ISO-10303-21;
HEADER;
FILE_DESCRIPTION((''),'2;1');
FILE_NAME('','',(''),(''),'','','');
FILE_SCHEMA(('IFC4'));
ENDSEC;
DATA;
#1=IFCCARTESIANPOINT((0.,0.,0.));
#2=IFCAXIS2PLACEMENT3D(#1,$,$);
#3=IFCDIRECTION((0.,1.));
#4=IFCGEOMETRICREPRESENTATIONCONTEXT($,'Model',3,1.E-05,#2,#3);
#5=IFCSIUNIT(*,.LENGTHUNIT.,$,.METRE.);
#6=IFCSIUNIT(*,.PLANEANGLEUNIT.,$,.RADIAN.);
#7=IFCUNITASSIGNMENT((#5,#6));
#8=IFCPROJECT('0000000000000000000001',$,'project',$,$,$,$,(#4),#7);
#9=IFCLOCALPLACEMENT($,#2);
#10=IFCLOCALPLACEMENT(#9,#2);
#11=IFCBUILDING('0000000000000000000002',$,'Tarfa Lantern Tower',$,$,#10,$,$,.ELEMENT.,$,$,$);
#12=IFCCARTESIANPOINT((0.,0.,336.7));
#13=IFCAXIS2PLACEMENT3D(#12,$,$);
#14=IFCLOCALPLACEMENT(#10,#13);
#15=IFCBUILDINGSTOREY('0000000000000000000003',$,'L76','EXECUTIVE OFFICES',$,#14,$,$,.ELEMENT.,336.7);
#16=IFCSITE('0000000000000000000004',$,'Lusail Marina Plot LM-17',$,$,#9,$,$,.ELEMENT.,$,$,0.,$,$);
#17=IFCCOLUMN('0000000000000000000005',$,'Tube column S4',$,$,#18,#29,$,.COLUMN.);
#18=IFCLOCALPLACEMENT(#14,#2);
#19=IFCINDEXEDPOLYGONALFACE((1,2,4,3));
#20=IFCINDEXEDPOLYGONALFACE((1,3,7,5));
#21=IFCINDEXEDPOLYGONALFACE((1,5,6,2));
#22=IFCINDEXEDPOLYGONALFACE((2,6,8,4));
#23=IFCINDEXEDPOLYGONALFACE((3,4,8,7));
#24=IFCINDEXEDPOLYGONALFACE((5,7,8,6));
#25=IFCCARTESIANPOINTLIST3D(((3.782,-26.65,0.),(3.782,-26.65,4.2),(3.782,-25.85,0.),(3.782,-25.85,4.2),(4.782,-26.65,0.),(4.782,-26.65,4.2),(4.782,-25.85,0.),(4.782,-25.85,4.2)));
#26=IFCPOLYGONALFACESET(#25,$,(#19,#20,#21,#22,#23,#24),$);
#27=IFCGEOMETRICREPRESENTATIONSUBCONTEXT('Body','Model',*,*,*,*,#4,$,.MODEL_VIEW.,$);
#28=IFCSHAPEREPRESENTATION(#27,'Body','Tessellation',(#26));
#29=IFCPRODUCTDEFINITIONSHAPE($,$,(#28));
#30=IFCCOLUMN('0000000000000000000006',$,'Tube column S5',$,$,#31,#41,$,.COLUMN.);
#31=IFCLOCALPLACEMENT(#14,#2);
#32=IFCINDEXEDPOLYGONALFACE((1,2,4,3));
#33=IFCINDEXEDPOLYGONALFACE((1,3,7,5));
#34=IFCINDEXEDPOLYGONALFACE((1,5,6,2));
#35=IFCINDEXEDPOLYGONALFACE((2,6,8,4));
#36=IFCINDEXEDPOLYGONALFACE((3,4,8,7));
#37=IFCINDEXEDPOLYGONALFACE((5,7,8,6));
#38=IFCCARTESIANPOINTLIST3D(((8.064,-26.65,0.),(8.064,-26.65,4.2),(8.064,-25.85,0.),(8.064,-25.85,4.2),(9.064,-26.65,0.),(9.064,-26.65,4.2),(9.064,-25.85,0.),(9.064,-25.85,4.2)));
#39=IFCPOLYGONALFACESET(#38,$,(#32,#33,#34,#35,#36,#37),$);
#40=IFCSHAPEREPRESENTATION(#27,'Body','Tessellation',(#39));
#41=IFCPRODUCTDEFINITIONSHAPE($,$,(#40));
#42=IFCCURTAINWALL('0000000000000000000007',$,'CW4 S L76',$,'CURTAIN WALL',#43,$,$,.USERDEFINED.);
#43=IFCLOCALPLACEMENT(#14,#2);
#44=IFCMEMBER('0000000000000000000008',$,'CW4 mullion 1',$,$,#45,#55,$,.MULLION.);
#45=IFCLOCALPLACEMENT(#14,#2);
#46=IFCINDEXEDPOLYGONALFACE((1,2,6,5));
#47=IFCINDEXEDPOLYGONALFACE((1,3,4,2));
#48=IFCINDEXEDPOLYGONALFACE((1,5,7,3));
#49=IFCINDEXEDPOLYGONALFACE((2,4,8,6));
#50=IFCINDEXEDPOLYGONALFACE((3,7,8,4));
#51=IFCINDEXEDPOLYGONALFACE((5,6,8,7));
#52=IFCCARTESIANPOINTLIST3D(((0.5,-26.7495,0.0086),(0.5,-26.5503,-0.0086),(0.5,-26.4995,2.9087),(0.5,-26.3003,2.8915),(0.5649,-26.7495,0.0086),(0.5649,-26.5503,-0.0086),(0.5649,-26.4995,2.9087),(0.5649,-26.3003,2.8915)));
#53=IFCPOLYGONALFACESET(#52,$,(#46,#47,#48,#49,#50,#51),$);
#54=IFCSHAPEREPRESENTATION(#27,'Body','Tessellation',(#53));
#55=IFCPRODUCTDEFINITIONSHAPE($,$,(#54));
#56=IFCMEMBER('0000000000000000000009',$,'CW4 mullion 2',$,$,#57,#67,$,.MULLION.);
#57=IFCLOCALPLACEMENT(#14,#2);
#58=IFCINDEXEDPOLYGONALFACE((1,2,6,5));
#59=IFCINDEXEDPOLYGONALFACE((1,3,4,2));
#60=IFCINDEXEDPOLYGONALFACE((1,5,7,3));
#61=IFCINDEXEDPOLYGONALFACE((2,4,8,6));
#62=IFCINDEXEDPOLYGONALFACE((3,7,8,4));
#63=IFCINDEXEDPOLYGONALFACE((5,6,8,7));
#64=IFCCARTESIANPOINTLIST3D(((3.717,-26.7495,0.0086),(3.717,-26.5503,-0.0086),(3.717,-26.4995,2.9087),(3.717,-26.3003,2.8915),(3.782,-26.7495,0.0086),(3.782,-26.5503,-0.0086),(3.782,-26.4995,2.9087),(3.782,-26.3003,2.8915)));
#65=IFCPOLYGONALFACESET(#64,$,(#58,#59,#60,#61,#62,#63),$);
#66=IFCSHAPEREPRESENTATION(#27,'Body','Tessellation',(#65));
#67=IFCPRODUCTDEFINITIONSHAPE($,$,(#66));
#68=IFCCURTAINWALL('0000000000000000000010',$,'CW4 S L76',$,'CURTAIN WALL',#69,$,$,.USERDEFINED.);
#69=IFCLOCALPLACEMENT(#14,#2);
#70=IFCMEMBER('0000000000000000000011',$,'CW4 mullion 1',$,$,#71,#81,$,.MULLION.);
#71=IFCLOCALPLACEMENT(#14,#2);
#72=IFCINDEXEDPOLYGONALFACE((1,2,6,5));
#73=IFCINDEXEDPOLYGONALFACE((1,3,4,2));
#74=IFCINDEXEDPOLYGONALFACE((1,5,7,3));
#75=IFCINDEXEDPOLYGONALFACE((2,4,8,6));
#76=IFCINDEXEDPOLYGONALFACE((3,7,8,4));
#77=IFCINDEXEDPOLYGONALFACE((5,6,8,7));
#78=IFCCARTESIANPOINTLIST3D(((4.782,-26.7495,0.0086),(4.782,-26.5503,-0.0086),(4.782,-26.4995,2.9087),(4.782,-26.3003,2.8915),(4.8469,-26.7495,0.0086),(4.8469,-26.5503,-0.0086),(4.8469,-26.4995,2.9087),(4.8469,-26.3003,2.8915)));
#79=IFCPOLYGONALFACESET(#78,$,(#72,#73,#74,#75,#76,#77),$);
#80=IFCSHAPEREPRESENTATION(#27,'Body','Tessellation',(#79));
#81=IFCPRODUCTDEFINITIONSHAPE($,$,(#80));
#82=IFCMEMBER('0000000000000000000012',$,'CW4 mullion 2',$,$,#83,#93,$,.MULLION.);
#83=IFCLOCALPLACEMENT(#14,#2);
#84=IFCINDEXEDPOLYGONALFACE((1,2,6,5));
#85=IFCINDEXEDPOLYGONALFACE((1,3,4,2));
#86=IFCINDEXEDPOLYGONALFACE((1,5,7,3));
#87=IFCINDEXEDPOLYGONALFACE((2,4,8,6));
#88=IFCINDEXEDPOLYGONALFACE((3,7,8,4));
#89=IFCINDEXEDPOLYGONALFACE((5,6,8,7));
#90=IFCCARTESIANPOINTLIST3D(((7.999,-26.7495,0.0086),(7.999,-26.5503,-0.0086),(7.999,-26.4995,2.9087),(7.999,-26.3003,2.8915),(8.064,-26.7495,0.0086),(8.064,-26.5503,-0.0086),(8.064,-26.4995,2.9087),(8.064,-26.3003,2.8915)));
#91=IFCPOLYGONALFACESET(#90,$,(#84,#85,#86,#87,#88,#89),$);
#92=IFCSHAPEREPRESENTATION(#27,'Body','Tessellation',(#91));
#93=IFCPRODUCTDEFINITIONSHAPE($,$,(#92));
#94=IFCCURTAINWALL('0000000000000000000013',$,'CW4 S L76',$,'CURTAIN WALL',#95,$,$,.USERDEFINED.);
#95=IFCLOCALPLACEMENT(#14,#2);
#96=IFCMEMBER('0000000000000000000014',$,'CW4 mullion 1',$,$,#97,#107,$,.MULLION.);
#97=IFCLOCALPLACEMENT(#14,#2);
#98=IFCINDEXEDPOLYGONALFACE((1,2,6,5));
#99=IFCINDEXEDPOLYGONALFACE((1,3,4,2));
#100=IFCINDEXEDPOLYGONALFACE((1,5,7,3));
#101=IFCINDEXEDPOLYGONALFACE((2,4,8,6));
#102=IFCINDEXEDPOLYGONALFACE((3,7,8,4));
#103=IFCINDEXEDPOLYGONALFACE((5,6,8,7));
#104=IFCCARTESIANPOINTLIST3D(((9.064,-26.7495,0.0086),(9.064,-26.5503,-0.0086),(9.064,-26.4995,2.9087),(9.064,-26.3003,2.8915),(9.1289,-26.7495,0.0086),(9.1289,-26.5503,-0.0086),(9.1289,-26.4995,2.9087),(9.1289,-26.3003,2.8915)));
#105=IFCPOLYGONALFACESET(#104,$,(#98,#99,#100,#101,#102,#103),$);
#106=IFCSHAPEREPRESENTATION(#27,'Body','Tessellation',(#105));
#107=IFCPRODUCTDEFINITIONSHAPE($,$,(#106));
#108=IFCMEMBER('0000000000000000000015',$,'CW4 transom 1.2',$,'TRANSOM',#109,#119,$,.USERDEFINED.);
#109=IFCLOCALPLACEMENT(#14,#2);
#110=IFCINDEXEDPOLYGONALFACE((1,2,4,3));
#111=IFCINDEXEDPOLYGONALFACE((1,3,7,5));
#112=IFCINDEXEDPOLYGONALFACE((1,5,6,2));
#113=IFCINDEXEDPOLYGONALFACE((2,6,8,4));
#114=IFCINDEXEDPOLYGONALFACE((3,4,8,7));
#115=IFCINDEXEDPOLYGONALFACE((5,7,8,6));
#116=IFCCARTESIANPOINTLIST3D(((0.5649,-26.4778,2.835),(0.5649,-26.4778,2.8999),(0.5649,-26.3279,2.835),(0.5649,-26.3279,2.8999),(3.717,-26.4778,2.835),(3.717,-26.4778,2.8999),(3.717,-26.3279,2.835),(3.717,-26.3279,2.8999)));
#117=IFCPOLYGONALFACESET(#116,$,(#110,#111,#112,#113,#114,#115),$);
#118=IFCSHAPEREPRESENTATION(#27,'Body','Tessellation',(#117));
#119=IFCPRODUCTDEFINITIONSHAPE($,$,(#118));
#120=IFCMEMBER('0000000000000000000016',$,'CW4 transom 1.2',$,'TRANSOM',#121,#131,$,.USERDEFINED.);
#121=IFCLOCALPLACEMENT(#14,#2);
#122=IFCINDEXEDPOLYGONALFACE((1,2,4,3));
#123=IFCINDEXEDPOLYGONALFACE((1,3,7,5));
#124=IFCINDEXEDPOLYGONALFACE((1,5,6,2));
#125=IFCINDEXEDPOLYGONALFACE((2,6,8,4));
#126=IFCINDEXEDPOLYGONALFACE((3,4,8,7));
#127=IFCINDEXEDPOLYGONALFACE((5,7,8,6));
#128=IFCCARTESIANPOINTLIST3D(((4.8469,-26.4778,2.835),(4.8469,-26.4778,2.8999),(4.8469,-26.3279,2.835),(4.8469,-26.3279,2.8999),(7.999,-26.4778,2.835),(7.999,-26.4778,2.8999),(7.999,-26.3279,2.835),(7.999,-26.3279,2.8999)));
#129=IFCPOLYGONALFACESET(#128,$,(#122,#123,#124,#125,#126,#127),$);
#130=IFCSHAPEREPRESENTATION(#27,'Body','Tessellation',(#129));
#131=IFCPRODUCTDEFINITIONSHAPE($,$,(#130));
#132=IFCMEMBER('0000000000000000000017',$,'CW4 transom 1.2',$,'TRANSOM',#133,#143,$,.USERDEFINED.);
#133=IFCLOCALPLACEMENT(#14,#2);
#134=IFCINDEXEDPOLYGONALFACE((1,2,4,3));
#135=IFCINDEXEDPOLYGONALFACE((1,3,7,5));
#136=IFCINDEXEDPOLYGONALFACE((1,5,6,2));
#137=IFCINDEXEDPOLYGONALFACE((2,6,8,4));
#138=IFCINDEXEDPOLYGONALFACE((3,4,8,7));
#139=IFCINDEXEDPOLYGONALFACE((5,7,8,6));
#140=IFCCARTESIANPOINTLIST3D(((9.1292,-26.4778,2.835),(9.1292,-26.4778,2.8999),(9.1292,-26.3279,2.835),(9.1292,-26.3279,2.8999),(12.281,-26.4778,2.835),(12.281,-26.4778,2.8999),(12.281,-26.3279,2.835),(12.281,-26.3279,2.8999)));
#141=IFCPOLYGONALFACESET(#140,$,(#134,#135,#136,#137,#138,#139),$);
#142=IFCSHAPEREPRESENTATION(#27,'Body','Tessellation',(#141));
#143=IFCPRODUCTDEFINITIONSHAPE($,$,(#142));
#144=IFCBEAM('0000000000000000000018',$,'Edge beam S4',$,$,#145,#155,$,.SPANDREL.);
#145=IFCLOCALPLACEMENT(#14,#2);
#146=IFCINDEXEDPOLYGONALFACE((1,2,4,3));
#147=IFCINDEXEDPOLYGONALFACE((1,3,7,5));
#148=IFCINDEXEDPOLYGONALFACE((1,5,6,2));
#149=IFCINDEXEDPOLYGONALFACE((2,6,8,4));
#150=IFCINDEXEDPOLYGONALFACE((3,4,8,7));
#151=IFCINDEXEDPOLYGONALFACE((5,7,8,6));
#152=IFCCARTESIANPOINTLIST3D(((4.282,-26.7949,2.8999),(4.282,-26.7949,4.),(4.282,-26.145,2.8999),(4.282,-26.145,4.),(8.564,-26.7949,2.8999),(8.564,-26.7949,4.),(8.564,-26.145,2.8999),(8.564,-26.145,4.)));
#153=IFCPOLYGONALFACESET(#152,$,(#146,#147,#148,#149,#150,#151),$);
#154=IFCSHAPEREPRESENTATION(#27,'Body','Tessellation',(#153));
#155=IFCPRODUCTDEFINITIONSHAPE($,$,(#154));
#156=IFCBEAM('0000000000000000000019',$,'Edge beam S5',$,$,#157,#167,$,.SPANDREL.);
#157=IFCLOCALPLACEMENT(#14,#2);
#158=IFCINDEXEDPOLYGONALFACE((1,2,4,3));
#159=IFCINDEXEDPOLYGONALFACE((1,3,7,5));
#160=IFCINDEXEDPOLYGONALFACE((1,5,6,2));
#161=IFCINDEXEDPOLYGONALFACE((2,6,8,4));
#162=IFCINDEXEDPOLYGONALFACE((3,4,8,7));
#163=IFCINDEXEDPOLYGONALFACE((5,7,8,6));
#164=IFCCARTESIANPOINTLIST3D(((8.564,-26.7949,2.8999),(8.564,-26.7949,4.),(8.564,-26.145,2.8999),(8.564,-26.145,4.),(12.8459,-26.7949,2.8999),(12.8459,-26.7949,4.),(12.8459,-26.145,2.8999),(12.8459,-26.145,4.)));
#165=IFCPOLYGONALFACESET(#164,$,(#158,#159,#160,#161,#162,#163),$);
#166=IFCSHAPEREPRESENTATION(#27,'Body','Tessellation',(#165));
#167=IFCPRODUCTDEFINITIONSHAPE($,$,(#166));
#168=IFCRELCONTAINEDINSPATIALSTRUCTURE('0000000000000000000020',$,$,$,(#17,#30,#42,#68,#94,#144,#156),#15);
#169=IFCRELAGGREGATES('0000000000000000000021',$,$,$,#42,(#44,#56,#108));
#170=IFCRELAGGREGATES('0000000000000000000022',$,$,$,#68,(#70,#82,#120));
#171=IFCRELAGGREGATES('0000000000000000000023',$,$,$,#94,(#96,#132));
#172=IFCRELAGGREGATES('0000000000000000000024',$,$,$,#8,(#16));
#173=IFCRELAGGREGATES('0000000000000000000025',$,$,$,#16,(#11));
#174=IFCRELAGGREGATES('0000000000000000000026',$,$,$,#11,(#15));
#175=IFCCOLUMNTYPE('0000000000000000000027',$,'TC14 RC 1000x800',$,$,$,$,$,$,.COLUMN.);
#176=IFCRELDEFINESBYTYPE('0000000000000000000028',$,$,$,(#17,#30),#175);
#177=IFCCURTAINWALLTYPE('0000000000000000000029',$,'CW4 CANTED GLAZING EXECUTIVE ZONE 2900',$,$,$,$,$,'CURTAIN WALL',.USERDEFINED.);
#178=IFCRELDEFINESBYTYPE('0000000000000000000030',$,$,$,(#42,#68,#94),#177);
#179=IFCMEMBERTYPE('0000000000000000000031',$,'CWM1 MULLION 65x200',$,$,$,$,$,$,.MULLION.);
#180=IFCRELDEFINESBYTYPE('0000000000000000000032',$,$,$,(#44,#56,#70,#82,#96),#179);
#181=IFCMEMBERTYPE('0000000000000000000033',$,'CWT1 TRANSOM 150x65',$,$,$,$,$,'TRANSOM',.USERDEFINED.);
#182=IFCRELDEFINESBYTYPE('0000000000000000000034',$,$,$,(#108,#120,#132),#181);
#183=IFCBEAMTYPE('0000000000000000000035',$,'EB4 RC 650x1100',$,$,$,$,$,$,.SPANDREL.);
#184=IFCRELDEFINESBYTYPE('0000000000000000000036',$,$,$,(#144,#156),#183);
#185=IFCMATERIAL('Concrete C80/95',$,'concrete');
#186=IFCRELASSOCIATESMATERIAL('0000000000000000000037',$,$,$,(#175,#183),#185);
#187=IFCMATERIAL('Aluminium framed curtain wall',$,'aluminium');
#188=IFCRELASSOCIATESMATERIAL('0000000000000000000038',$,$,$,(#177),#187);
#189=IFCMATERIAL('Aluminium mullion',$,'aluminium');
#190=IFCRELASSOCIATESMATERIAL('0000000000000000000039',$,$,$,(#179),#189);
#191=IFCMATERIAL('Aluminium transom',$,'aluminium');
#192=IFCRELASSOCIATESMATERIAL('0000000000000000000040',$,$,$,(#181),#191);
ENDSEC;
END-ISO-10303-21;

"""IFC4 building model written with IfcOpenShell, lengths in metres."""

from ifc_helpers import new_model, si_unit, direction, frame, origin, origin_2d, place, context, subcontext, project, spatial, rectangle, extrude, material, material_profile, profile_set, type_object, element, aggregate, save


model = new_model("IFC4")

# Units and contexts
model_context = context("Model", 3, precision=1e-05, world=origin(), true_north=direction((0.0, 1.0)))
body_context = subcontext(model_context, "Body", "Model", "MODEL_VIEW")
ifc_project = project(units=[si_unit("LENGTHUNIT", "METRE"), si_unit("PLANEANGLEUNIT", "RADIAN")], contexts=[model_context])

# Site, building, storey
site_placement = place(None, origin())
site = spatial("IfcSite", under=ifc_project, at=site_placement, Name="Lusail Marina Plot LM-17", CompositionType="ELEMENT", RefElevation=0.0)
building_placement = place(site_placement, origin())
building = spatial("IfcBuilding", under=site, at=building_placement, Name="Tarfa Lantern Tower", CompositionType="ELEMENT")
storey_placement = place(building_placement, frame((0.0, 0.0, 336.7)))
storey = spatial("IfcBuildingStorey", under=building, at=storey_placement, Name="L76", Description="EXECUTIVE OFFICES", CompositionType="ELEMENT", Elevation=336.7)

# Columns
ifc_material_1 = material(Name="Concrete C80/95", Category="concrete")
ifc_material_profile_1 = material_profile(ifc_material_1, rectangle(XDim=1.0, YDim=0.8, at=origin_2d()), Name="RC 1000x800")
ifc_profile_set_1 = profile_set([ifc_material_profile_1], Name="Concrete C80/95")
column_type = type_object("IfcColumnType", Name="TC14 RC 1000x800", PredefinedType="COLUMN", material=ifc_profile_set_1)
for number, where, z_axis, x_axis, name in (
    (1, (4.282, -26.25, 0.0), (0.0, 0.0, 1.0), (1.0, 0.0, 0.0), "Tube column S4"),
    (2, (8.564, -26.25, 0.0), (0.0, 0.0, 1.0), (1.0, 0.0, 0.0), "Tube column S5"),
):
    element("IfcColumn", number, at=place(storey_placement, frame(where, z_axis=z_axis, x_axis=x_axis)), inside=storey, type_object=column_type, Name=name, PredefinedType="COLUMN", context=body_context, shape_type="SweptSolid", body=[
        extrude(rectangle(XDim=1.0, YDim=0.8, at=origin_2d()), origin(), (0.0, 0.0, 1.0), 4.2),
    ])

# Curtain walls, members
ifc_material_2 = material(Name="Aluminium framed curtain wall", Category="aluminium")
curtain_wall_type = type_object("IfcCurtainWallType", Name="CW4 CANTED GLAZING EXECUTIVE ZONE 2900", ElementType="CURTAIN WALL", PredefinedType="USERDEFINED", material=ifc_material_2)
curtain_wall_1_placement = place(storey_placement, origin())
curtain_wall_1 = element("IfcCurtainWall", 3, at=curtain_wall_1_placement, inside=storey, type_object=curtain_wall_type, Name="CW4 S L76", ObjectType="CURTAIN WALL", PredefinedType="USERDEFINED")
ifc_material_3 = material(Name="Aluminium mullion", Category="aluminium")
ifc_material_profile_2 = material_profile(ifc_material_3, rectangle(XDim=0.0649, YDim=0.2, at=origin_2d()), Name="AL MULLION 65x200")
ifc_profile_set_2 = profile_set([ifc_material_profile_2], Name="Aluminium mullion")
member_type_1 = type_object("IfcMemberType", Name="CWM1 MULLION 65x200", PredefinedType="MULLION", material=ifc_profile_set_2)
member_1_placement = place(storey_placement, frame((0.5325, -26.6499, 0.0), z_axis=(0.0, 0.085884, 0.996305), x_axis=(-1.0, 0.0, 0.0)))
member_1 = element("IfcMember", 4, at=member_1_placement, type_object=member_type_1, Name="CW4 mullion 1", PredefinedType="MULLION", context=body_context, shape_type="SweptSolid", body=[
    extrude(rectangle(XDim=0.0649, YDim=0.2, at=origin_2d()), origin(), (0.0, 0.0, 1.0), 2.9109),
])
member_2_placement = place(storey_placement, frame((3.7495, -26.6499, 0.0), z_axis=(0.0, 0.085884, 0.996305), x_axis=(-1.0, 0.0, 0.0)))
member_2 = element("IfcMember", 5, at=member_2_placement, type_object=member_type_1, Name="CW4 mullion 2", PredefinedType="MULLION", context=body_context, shape_type="SweptSolid", body=[
    extrude(rectangle(XDim=0.0649, YDim=0.2, at=origin_2d()), origin(), (0.0, 0.0, 1.0), 2.9109),
])
curtain_wall_2_placement = place(storey_placement, origin())
curtain_wall_2 = element("IfcCurtainWall", 6, at=curtain_wall_2_placement, inside=storey, type_object=curtain_wall_type, Name="CW4 S L76", ObjectType="CURTAIN WALL", PredefinedType="USERDEFINED")
member_3_placement = place(storey_placement, frame((4.8145, -26.6499, 0.0), z_axis=(0.0, 0.085884, 0.996305), x_axis=(-1.0, 0.0, 0.0)))
member_3 = element("IfcMember", 7, at=member_3_placement, type_object=member_type_1, Name="CW4 mullion 1", PredefinedType="MULLION", context=body_context, shape_type="SweptSolid", body=[
    extrude(rectangle(XDim=0.0649, YDim=0.2, at=origin_2d()), origin(), (0.0, 0.0, 1.0), 2.9109),
])
member_4_placement = place(storey_placement, frame((8.0315, -26.6499, 0.0), z_axis=(0.0, 0.085884, 0.996305), x_axis=(-1.0, 0.0, 0.0)))
member_4 = element("IfcMember", 8, at=member_4_placement, type_object=member_type_1, Name="CW4 mullion 2", PredefinedType="MULLION", context=body_context, shape_type="SweptSolid", body=[
    extrude(rectangle(XDim=0.0649, YDim=0.2, at=origin_2d()), origin(), (0.0, 0.0, 1.0), 2.9109),
])

# Curtain wall, member
curtain_wall_3_placement = place(storey_placement, origin())
curtain_wall_3 = element("IfcCurtainWall", 9, at=curtain_wall_3_placement, inside=storey, type_object=curtain_wall_type, Name="CW4 S L76", ObjectType="CURTAIN WALL", PredefinedType="USERDEFINED")
member_5_placement = place(storey_placement, frame((9.0964, -26.6499, 0.0), z_axis=(0.0, 0.085884, 0.996305), x_axis=(-1.0, 0.0, 0.0)))
member_5 = element("IfcMember", 10, at=member_5_placement, type_object=member_type_1, Name="CW4 mullion 1", PredefinedType="MULLION", context=body_context, shape_type="SweptSolid", body=[
    extrude(rectangle(XDim=0.0649, YDim=0.2, at=origin_2d()), origin(), (0.0, 0.0, 1.0), 2.9109),
])

# Members
ifc_material_4 = material(Name="Aluminium transom", Category="aluminium")
ifc_material_profile_3 = material_profile(ifc_material_4, rectangle(XDim=0.1499, YDim=0.0649, at=origin_2d()), Name="AL TRANSOM 150x65")
ifc_profile_set_3 = profile_set([ifc_material_profile_3], Name="Aluminium transom")
member_type_2 = type_object("IfcMemberType", Name="CWT1 TRANSOM 150x65", ElementType="TRANSOM", PredefinedType="USERDEFINED", material=ifc_profile_set_3)
member_6_placement = place(storey_placement, frame((0.5649, -26.4028, 2.8674), z_axis=(1.0, 0.0, 0.0), x_axis=(0.0, 1.0, 0.0)))
member_6 = element("IfcMember", 11, at=member_6_placement, type_object=member_type_2, Name="CW4 transom 1.2", ObjectType="TRANSOM", PredefinedType="USERDEFINED", context=body_context, shape_type="SweptSolid", body=[
    extrude(rectangle(XDim=0.1499, YDim=0.0649, at=origin_2d()), origin(), (0.0, 0.0, 1.0), 3.1521),
])
member_7_placement = place(storey_placement, frame((4.8469, -26.4028, 2.8674), z_axis=(1.0, 0.0, 0.0), x_axis=(0.0, 1.0, 0.0)))
member_7 = element("IfcMember", 12, at=member_7_placement, type_object=member_type_2, Name="CW4 transom 1.2", ObjectType="TRANSOM", PredefinedType="USERDEFINED", context=body_context, shape_type="SweptSolid", body=[
    extrude(rectangle(XDim=0.1499, YDim=0.0649, at=origin_2d()), origin(), (0.0, 0.0, 1.0), 3.1521),
])
member_8_placement = place(storey_placement, frame((9.1292, -26.4028, 2.8674), z_axis=(1.0, 0.0, 0.0), x_axis=(0.0, 1.0, 0.0)))
member_8 = element("IfcMember", 13, at=member_8_placement, type_object=member_type_2, Name="CW4 transom 1.2", ObjectType="TRANSOM", PredefinedType="USERDEFINED", context=body_context, shape_type="SweptSolid", body=[
    extrude(rectangle(XDim=0.1499, YDim=0.0649, at=origin_2d()), origin(), (0.0, 0.0, 1.0), 3.1519),
])

# Beams
ifc_material_profile_4 = material_profile(ifc_material_1, rectangle(XDim=0.6499, YDim=1.1001, at=origin_2d()), Name="RC 650x1100")
ifc_profile_set_4 = profile_set([ifc_material_profile_4], Name="Concrete C80/95")
beam_type_1 = type_object("IfcBeamType", Name="EB4 RC 650x1100", PredefinedType="SPANDREL", material=ifc_profile_set_4)
for number, where, z_axis, x_axis, name in (
    (14, (4.282, -26.47, 3.45), (1.0, 0.0, 0.0), (0.0, 1.0, 0.0), "Edge beam S4"),
    (15, (8.564, -26.47, 3.45), (1.0, 0.0, 0.0), (0.0, 1.0, 0.0), "Edge beam S5"),
):
    element("IfcBeam", number, at=place(storey_placement, frame(where, z_axis=z_axis, x_axis=x_axis)), inside=storey, type_object=beam_type_1, Name=name, PredefinedType="SPANDREL", context=body_context, shape_type="SweptSolid", body=[
        extrude(rectangle(XDim=0.6499, YDim=1.1001, at=origin_2d()), origin(), (0.0, 0.0, 1.0), 4.282),
    ])

aggregate(curtain_wall_1, [member_1, member_2, member_6])
aggregate(curtain_wall_2, [member_3, member_4, member_7])
aggregate(curtain_wall_3, [member_5, member_8])

save(model, "model.ifc")
